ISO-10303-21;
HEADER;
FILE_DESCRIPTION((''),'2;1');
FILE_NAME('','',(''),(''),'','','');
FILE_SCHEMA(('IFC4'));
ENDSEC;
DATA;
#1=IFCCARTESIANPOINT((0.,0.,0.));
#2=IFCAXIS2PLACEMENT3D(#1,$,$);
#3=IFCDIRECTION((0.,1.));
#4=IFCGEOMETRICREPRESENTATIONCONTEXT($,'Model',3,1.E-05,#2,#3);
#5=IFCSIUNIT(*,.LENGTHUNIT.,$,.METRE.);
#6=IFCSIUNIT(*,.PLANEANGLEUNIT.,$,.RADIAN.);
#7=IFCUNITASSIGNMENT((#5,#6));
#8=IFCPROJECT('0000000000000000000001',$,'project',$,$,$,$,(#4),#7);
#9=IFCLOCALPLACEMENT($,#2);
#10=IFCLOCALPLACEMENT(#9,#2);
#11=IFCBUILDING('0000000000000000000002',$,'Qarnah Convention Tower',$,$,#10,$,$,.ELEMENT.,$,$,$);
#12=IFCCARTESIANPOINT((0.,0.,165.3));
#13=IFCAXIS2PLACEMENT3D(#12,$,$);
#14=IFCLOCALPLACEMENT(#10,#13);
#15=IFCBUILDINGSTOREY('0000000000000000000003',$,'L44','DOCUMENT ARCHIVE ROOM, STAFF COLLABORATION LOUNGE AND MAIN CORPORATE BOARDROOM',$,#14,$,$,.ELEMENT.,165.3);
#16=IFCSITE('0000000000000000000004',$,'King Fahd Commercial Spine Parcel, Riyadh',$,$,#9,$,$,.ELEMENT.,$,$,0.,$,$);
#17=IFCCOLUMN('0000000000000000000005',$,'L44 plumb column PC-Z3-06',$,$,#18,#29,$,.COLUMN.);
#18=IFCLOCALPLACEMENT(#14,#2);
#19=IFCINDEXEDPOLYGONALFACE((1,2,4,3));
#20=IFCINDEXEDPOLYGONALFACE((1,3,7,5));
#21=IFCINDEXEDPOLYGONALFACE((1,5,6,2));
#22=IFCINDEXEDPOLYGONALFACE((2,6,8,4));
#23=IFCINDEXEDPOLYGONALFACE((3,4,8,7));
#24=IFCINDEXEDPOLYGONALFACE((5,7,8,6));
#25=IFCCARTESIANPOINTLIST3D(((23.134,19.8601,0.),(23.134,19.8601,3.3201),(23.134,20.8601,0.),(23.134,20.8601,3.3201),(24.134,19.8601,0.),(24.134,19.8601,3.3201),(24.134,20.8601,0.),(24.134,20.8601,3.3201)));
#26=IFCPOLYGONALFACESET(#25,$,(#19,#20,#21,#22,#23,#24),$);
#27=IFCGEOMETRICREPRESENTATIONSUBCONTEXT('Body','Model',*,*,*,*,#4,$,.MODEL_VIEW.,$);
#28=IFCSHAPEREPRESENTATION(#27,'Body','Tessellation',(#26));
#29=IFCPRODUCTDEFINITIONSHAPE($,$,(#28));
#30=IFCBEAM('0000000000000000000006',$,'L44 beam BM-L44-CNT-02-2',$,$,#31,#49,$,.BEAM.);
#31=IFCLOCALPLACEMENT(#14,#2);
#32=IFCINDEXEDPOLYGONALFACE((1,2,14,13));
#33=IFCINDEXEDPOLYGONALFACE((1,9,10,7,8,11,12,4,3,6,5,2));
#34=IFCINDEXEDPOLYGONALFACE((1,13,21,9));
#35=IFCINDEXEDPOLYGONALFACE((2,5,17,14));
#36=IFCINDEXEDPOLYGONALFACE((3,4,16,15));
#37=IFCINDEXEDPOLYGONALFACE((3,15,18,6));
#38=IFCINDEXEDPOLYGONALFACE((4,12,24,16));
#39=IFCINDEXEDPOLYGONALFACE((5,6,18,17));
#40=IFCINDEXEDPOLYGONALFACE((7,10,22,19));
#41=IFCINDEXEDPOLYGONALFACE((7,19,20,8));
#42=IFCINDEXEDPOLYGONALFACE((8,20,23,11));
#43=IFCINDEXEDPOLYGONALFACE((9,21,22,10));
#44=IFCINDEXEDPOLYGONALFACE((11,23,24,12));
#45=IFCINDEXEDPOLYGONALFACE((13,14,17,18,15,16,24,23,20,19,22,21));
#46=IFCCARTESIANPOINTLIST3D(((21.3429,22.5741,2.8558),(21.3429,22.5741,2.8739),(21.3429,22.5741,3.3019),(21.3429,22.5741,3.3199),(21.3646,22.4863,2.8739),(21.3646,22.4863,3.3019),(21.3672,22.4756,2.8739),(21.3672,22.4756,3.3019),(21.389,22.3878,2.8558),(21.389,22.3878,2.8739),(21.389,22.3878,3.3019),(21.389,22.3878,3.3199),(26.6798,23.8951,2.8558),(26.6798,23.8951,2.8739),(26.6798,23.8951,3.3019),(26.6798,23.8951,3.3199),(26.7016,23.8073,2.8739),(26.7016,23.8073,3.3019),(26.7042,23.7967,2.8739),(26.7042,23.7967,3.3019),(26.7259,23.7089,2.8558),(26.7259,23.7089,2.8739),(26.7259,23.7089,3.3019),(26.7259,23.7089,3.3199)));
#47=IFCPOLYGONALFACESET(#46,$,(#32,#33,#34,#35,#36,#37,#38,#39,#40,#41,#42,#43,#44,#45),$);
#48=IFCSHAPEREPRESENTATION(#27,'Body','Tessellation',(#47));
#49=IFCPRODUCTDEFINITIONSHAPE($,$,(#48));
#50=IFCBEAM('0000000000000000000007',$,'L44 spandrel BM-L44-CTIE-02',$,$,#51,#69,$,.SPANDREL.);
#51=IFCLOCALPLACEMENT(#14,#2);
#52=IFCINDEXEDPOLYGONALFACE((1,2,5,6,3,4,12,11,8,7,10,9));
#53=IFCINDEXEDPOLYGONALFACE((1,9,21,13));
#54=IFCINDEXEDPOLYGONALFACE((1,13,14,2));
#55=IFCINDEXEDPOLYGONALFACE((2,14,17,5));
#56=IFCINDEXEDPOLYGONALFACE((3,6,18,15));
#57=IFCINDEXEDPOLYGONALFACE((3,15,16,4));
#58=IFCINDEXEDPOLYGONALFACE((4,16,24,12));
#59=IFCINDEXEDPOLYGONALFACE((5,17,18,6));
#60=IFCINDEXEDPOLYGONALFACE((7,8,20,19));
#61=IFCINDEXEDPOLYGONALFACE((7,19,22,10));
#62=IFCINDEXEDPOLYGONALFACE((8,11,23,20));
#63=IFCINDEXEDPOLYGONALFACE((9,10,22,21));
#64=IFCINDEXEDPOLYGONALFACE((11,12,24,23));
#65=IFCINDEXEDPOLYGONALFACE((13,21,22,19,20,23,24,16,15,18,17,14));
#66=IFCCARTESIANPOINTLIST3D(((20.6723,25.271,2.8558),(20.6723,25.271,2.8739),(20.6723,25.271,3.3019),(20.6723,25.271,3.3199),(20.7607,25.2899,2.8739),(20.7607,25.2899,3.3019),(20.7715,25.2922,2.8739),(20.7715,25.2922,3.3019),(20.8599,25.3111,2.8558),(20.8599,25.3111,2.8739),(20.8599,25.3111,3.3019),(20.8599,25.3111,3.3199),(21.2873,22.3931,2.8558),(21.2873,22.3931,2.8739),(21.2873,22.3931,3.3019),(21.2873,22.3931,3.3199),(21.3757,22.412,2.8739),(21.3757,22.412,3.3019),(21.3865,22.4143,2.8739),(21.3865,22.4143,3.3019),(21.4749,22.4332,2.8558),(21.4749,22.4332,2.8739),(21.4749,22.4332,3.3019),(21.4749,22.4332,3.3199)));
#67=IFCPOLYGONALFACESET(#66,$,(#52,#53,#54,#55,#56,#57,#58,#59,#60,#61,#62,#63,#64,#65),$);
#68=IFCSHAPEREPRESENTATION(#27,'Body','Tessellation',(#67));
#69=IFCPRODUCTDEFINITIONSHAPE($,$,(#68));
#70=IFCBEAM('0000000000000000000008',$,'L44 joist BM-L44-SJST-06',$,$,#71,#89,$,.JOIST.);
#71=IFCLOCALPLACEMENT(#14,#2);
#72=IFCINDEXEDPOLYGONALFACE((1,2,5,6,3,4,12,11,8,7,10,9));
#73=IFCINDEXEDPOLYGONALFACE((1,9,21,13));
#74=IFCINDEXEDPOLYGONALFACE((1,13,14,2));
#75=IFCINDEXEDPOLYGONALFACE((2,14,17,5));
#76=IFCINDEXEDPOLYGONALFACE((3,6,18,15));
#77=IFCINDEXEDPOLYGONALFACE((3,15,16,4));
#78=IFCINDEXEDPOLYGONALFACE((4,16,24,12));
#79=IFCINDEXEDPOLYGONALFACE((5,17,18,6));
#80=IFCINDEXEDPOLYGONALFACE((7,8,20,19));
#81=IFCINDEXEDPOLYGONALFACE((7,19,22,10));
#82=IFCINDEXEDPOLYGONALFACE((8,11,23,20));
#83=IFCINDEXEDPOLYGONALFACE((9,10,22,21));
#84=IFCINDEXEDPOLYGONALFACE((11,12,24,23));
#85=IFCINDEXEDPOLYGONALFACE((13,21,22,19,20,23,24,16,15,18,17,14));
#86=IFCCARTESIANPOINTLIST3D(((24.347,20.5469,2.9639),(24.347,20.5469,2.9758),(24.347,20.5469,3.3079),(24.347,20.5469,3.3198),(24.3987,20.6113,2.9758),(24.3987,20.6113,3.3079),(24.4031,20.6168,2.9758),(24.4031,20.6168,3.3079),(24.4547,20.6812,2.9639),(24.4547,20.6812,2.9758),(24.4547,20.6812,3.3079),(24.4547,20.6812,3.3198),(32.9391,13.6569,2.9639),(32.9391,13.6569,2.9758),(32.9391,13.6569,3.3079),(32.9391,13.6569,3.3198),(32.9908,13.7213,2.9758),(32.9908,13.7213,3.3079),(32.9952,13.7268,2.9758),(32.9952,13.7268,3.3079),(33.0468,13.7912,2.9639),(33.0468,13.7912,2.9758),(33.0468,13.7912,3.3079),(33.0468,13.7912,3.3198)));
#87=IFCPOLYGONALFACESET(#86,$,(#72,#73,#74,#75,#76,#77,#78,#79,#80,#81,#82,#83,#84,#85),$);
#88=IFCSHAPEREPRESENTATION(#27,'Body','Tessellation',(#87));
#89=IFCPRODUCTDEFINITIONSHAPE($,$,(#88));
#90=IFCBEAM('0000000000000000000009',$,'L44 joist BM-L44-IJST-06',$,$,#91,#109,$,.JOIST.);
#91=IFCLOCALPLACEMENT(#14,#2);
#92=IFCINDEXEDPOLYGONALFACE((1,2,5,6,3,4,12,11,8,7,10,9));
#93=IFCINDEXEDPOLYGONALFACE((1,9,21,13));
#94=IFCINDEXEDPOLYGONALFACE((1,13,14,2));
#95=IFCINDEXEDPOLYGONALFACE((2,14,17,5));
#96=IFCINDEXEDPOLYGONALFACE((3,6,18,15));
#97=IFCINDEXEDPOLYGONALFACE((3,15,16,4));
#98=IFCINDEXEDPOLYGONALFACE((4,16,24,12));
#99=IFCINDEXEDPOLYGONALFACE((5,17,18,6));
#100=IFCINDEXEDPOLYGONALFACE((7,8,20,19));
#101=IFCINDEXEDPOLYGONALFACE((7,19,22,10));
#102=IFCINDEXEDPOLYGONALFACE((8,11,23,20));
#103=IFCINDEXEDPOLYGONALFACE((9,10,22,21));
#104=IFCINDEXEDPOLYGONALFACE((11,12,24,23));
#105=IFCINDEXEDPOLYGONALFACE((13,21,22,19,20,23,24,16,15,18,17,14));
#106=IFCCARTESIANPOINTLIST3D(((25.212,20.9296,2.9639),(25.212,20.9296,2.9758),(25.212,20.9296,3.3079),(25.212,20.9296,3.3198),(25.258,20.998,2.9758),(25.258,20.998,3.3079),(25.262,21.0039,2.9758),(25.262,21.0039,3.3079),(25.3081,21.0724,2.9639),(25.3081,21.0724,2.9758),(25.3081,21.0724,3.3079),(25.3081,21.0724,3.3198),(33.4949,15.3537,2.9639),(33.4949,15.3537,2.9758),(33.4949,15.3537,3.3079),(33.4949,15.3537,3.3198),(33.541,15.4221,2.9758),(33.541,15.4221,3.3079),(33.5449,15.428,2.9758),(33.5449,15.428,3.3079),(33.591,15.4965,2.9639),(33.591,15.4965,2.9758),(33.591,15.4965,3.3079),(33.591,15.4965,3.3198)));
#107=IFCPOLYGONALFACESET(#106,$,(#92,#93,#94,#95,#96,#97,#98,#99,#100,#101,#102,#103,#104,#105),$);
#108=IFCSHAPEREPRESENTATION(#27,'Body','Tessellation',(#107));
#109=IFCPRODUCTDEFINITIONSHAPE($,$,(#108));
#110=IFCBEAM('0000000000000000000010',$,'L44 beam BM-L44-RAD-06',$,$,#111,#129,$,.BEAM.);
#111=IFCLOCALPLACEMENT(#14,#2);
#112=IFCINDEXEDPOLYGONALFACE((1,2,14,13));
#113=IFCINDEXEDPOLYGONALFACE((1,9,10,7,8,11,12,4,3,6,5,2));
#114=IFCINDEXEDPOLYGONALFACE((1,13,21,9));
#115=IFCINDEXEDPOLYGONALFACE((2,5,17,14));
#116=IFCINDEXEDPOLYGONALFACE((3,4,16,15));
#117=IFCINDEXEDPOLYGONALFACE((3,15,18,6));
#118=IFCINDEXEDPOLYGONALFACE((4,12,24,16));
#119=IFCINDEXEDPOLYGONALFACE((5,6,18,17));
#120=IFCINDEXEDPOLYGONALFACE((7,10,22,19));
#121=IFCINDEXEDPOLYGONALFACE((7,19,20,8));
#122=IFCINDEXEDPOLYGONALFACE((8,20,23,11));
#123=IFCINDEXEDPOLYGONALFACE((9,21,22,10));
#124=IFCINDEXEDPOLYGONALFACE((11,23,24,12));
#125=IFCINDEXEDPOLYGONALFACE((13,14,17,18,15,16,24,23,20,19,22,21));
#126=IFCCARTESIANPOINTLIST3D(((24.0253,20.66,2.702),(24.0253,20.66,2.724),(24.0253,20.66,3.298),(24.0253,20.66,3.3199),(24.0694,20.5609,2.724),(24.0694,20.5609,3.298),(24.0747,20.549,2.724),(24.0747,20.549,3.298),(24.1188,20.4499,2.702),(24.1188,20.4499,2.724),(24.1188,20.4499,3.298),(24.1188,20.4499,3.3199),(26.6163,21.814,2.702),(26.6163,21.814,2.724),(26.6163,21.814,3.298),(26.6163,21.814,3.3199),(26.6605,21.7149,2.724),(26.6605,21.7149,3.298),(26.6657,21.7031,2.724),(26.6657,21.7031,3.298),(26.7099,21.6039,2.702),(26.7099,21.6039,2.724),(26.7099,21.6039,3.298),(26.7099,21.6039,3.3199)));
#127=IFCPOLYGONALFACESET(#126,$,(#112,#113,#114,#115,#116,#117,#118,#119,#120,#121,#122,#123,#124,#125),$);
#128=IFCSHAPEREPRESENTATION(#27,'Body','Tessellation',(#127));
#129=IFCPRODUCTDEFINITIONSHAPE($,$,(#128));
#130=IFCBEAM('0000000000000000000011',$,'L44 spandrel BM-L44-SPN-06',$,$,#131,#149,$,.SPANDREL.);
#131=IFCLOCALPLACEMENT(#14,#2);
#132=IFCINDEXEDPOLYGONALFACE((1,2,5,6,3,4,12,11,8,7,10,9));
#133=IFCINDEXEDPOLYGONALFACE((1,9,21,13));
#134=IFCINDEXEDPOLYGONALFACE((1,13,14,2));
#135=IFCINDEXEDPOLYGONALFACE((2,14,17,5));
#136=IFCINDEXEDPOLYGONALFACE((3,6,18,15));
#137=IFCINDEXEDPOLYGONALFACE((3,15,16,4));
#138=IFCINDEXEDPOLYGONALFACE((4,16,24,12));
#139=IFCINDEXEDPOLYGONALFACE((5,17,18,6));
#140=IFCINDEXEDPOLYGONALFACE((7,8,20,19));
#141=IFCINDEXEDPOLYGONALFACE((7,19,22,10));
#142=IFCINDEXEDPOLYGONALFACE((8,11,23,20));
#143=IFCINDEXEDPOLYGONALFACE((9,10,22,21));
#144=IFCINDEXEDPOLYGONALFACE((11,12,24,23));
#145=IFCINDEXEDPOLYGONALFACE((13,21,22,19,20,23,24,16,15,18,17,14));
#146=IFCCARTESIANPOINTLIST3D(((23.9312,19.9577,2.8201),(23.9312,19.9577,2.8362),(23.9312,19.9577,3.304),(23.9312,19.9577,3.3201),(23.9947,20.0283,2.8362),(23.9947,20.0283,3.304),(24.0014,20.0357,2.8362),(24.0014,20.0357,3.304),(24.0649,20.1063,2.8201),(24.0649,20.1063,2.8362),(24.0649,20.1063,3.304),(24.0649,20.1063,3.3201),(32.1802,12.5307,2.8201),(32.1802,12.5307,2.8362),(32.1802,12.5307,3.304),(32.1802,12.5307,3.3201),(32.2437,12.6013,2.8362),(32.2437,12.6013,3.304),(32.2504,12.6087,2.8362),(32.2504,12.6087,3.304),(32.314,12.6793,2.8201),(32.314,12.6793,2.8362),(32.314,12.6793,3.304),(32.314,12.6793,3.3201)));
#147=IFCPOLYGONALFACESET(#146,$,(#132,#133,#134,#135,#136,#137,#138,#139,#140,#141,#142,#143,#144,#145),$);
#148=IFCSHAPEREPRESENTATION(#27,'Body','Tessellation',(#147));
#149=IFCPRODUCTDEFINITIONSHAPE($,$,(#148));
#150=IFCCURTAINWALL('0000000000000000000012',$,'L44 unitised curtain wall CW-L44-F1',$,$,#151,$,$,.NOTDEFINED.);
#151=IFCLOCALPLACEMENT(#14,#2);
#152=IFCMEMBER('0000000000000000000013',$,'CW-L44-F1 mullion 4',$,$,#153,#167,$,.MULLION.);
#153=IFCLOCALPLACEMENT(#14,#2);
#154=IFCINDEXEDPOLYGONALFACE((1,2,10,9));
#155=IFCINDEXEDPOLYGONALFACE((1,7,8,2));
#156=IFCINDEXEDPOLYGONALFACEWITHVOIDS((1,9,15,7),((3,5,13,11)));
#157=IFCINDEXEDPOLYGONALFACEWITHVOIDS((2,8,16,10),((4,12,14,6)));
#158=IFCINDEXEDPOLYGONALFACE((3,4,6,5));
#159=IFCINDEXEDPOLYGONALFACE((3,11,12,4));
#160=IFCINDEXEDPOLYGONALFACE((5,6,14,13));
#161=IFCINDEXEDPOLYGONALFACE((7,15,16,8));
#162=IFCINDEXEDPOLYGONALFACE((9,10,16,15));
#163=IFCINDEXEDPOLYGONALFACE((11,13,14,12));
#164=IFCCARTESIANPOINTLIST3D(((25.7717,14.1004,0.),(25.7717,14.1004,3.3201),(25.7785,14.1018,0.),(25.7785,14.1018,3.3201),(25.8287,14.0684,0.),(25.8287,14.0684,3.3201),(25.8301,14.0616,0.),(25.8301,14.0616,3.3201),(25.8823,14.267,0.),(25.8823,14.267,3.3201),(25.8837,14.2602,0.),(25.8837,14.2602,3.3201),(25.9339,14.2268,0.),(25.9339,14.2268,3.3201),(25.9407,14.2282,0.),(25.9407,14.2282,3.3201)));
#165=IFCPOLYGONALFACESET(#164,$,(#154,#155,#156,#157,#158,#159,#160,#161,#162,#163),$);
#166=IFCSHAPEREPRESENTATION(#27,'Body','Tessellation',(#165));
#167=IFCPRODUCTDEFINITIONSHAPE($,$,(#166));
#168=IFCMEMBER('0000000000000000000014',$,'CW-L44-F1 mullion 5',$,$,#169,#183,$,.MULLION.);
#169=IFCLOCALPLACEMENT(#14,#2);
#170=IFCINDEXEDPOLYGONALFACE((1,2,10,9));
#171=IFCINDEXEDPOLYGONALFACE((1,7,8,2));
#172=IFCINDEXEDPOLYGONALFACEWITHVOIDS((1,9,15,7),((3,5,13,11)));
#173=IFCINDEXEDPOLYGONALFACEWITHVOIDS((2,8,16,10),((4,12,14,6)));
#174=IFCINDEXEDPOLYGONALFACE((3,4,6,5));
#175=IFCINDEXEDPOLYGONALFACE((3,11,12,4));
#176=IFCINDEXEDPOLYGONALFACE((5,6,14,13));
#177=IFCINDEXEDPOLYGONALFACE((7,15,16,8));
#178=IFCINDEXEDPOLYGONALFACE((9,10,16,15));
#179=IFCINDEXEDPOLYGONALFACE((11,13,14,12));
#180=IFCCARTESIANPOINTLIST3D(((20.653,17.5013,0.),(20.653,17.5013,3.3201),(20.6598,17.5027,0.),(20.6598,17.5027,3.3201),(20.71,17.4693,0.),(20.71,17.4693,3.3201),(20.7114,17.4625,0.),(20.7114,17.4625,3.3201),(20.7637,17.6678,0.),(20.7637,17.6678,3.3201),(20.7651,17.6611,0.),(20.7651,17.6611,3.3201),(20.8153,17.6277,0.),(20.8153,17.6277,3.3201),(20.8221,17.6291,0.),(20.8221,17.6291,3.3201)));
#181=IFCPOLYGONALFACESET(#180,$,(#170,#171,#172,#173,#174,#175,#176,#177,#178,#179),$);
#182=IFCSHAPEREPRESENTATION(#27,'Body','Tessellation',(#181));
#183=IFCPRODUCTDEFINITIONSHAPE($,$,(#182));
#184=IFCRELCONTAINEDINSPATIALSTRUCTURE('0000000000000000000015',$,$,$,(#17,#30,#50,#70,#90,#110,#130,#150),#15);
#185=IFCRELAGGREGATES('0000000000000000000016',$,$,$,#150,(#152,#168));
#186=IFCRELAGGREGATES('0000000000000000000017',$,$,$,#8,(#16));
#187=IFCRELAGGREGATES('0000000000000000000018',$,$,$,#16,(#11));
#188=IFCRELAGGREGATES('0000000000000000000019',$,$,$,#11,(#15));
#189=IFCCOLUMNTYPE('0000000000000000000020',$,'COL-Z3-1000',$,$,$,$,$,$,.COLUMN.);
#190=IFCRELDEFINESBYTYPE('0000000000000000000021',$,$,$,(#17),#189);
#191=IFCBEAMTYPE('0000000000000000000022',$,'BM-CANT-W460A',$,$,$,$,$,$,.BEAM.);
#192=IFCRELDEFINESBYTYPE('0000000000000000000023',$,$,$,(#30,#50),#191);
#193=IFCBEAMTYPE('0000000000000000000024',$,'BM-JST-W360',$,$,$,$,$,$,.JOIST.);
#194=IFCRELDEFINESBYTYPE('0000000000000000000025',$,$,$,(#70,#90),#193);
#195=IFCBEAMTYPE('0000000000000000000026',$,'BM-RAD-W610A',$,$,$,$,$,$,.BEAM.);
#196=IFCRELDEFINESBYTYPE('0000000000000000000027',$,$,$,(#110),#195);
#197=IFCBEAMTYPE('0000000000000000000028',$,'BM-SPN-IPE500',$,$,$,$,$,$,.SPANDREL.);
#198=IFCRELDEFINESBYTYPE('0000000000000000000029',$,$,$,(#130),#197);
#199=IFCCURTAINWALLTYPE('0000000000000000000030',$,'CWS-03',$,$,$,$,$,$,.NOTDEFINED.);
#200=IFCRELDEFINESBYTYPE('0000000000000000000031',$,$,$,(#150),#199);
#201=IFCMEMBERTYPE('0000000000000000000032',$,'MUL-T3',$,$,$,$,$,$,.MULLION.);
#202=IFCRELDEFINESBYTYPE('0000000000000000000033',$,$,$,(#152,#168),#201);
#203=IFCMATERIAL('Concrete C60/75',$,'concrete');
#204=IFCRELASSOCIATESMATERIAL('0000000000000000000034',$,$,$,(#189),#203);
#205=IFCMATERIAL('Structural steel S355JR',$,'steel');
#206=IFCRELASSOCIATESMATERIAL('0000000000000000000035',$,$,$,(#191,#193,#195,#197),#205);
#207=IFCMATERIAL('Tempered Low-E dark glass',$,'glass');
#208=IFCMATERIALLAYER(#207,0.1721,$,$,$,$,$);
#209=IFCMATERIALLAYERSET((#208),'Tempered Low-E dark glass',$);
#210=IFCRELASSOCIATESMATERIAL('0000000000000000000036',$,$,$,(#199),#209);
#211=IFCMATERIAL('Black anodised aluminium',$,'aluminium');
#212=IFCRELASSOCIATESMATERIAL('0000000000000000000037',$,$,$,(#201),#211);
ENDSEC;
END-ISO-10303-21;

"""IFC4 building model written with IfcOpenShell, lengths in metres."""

from ifc_helpers import new_model, si_unit, direction, frame, origin, origin_2d, place, context, subcontext, project, spatial, rectangle, hollow_rectangle, i_section, extrude, material, layer, layer_set, material_profile, profile_set, type_object, element, aggregate, save


model = new_model("IFC4")

# Units and contexts
model_context = context("Model", 3, precision=1e-05, world=origin(), true_north=direction((0.0, 1.0)))
body_context = subcontext(model_context, "Body", "Model", "MODEL_VIEW")
ifc_project = project(units=[si_unit("LENGTHUNIT", "METRE"), si_unit("PLANEANGLEUNIT", "RADIAN")], contexts=[model_context])

# Site, building, storey
site_placement = place(None, origin())
site = spatial("IfcSite", under=ifc_project, at=site_placement, Name="King Fahd Commercial Spine Parcel, Riyadh", CompositionType="ELEMENT", RefElevation=0.0)
building_placement = place(site_placement, origin())
building = spatial("IfcBuilding", under=site, at=building_placement, Name="Qarnah Convention Tower", CompositionType="ELEMENT")
storey_placement = place(building_placement, frame((0.0, 0.0, 165.3)))
storey = spatial("IfcBuildingStorey", under=building, at=storey_placement, Name="L44", Description="DOCUMENT ARCHIVE ROOM, STAFF COLLABORATION LOUNGE AND MAIN CORPORATE BOARDROOM", CompositionType="ELEMENT", Elevation=165.3)

# Column
ifc_material_1 = material(Name="Concrete C60/75", Category="concrete")
ifc_material_profile_1 = material_profile(ifc_material_1, rectangle(XDim=1.0, YDim=1.0, at=origin_2d()), Name="RC-COL-1000X1000")
ifc_profile_set_1 = profile_set([ifc_material_profile_1], Name="Concrete C60/75")
column_type = type_object("IfcColumnType", Name="COL-Z3-1000", PredefinedType="COLUMN", material=ifc_profile_set_1)
column_placement = place(storey_placement, frame((23.634, 20.3601, 0.0), z_axis=(0.0, 0.0, 1.0), x_axis=(1.0, 0.0, 0.0)))
element("IfcColumn", 1, at=column_placement, inside=storey, type_object=column_type, Name="L44 plumb column PC-Z3-06", PredefinedType="COLUMN", context=body_context, shape_type="SweptSolid", body=[
    extrude(rectangle(XDim=1.0, YDim=1.0, at=origin_2d()), origin(), (0.0, 0.0, 1.0), 3.3201),
])

# Beams
ifc_material_2 = material(Name="Structural steel S355JR", Category="steel")
ifc_material_profile_2 = material_profile(ifc_material_2, i_section(OverallWidth=0.1919, OverallDepth=0.4641, WebThickness=0.011, FlangeThickness=0.0181, at=origin_2d()), Name="W460X89")
ifc_profile_set_2 = profile_set([ifc_material_profile_2], Name="Structural steel S355JR")
beam_type_1 = type_object("IfcBeamType", Name="BM-CANT-W460A", PredefinedType="BEAM", material=ifc_profile_set_2)
beam_1_placement = place(storey_placement, frame((26.7029, 23.802, 3.0879), z_axis=(-0.970704, -0.240278, 0.0), x_axis=(0.240278, -0.970704, 0.0)))
element("IfcBeam", 2, at=beam_1_placement, inside=storey, type_object=beam_type_1, Name="L44 beam BM-L44-CNT-02-2", PredefinedType="BEAM", context=body_context, shape_type="SweptSolid", body=[
    extrude(i_section(OverallWidth=0.1919, OverallDepth=0.4641, WebThickness=0.011, FlangeThickness=0.0181, at=origin_2d()), origin(), (0.0, 0.0, 1.0), 5.498),
])
beam_2_placement = place(storey_placement, frame((20.7661, 25.291, 3.0879), z_axis=(0.208974, -0.977921, 0.0), x_axis=(0.977921, 0.208974, 0.0)))
element("IfcBeam", 3, at=beam_2_placement, inside=storey, type_object=beam_type_1, Name="L44 spandrel BM-L44-CTIE-02", PredefinedType="SPANDREL", context=body_context, shape_type="SweptSolid", body=[
    extrude(i_section(OverallWidth=0.1919, OverallDepth=0.4641, WebThickness=0.011, FlangeThickness=0.0181, at=origin_2d()), origin(), (0.0, 0.0, 1.0), 2.9429),
])
ifc_material_profile_3 = material_profile(ifc_material_2, i_section(OverallWidth=0.1721, OverallDepth=0.356, WebThickness=0.0071, FlangeThickness=0.012, at=origin_2d()), Name="W360X51")
ifc_profile_set_3 = profile_set([ifc_material_profile_3], Name="Structural steel S355JR")
beam_type_2 = type_object("IfcBeamType", Name="BM-JST-W360", PredefinedType="JOIST", material=ifc_profile_set_3)
beam_3_placement = place(storey_placement, frame((24.4009, 20.614, 3.1418), z_axis=(0.780148, -0.625595, 0.0), x_axis=(0.625595, 0.780148, 0.0)))
element("IfcBeam", 4, at=beam_3_placement, inside=storey, type_object=beam_type_2, Name="L44 joist BM-L44-SJST-06", PredefinedType="JOIST", context=body_context, shape_type="SweptSolid", body=[
    extrude(i_section(OverallWidth=0.1721, OverallDepth=0.356, WebThickness=0.0071, FlangeThickness=0.012, at=origin_2d()), origin(), (0.0, 0.0, 1.0), 11.0134),
])
beam_4_placement = place(storey_placement, frame((25.26, 21.001, 3.1418), z_axis=(0.829548, -0.558436, 0.0), x_axis=(0.558436, 0.829548, 0.0)))
element("IfcBeam", 5, at=beam_4_placement, inside=storey, type_object=beam_type_2, Name="L44 joist BM-L44-IJST-06", PredefinedType="JOIST", context=body_context, shape_type="SweptSolid", body=[
    extrude(i_section(OverallWidth=0.1721, OverallDepth=0.356, WebThickness=0.0071, FlangeThickness=0.012, at=origin_2d()), origin(), (0.0, 0.0, 1.0), 9.9849),
])
ifc_material_profile_4 = material_profile(ifc_material_2, i_section(OverallWidth=0.23, OverallDepth=0.6179, WebThickness=0.0129, FlangeThickness=0.022, at=origin_2d()), Name="W610X140")
ifc_profile_set_4 = profile_set([ifc_material_profile_4], Name="Structural steel S355JR")
beam_type_3 = type_object("IfcBeamType", Name="BM-RAD-W610A", PredefinedType="BEAM", material=ifc_profile_set_4)
beam_5_placement = place(storey_placement, frame((26.6631, 21.709, 3.011), z_axis=(-0.913488, -0.406865, 0.0), x_axis=(0.406865, -0.913488, 0.0)))
element("IfcBeam", 6, at=beam_5_placement, inside=storey, type_object=beam_type_3, Name="L44 beam BM-L44-RAD-06", PredefinedType="BEAM", context=body_context, shape_type="SweptSolid", body=[
    extrude(i_section(OverallWidth=0.23, OverallDepth=0.6179, WebThickness=0.0129, FlangeThickness=0.022, at=origin_2d()), origin(), (0.0, 0.0, 1.0), 2.8364),
])
ifc_material_profile_5 = material_profile(ifc_material_2, i_section(OverallWidth=0.2, OverallDepth=0.5, WebThickness=0.01, FlangeThickness=0.0161, at=origin_2d()), Name="IPE500")
ifc_profile_set_5 = profile_set([ifc_material_profile_5], Name="Structural steel S355JR")
beam_type_4 = type_object("IfcBeamType", Name="BM-SPN-IPE500", PredefinedType="SPANDREL", material=ifc_profile_set_5)
beam_6_placement = place(storey_placement, frame((23.998, 20.032, 3.0701), z_axis=(0.743165, -0.669108, 0.0), x_axis=(0.669108, 0.743165, 0.0)))
element("IfcBeam", 7, at=beam_6_placement, inside=storey, type_object=beam_type_4, Name="L44 spandrel BM-L44-SPN-06", PredefinedType="SPANDREL", context=body_context, shape_type="SweptSolid", body=[
    extrude(i_section(OverallWidth=0.2, OverallDepth=0.5, WebThickness=0.01, FlangeThickness=0.0161, at=origin_2d()), origin(), (0.0, 0.0, 1.0), 11.0999),
])

# Curtain wall, members
ifc_material_3 = material(Name="Tempered Low-E dark glass", Category="glass")
ifc_layer_1 = layer(ifc_material_3, 0.1721)
ifc_layer_set_1 = layer_set([ifc_layer_1], Name="Tempered Low-E dark glass")
curtain_wall_type = type_object("IfcCurtainWallType", Name="CWS-03", PredefinedType="NOTDEFINED", material=ifc_layer_set_1)
curtain_wall_placement = place(storey_placement, origin())
curtain_wall = element("IfcCurtainWall", 8, at=curtain_wall_placement, inside=storey, type_object=curtain_wall_type, Name="L44 unitised curtain wall CW-L44-F1", PredefinedType="NOTDEFINED")
ifc_material_4 = material(Name="Black anodised aluminium", Category="aluminium")
ifc_material_profile_6 = material_profile(ifc_material_4, hollow_rectangle(XDim=0.0701, YDim=0.2, WallThickness=0.0049, at=origin_2d()), Name="MUL-70X200")
ifc_profile_set_6 = profile_set([ifc_material_profile_6], Name="Black anodised aluminium")
member_type = type_object("IfcMemberType", Name="MUL-T3", PredefinedType="MULLION", material=ifc_profile_set_6)
member_1_placement = place(storey_placement, frame((25.8562, 14.1643, 0.0), z_axis=(0.0, 0.0, 1.0), x_axis=(-0.83292, 0.553393, 0.0)))
member_1 = element("IfcMember", 9, at=member_1_placement, type_object=member_type, Name="CW-L44-F1 mullion 4", PredefinedType="MULLION", context=body_context, shape_type="SweptSolid", body=[
    extrude(hollow_rectangle(XDim=0.0701, YDim=0.2, WallThickness=0.0049, at=origin_2d()), origin(), (0.0, 0.0, 1.0), 3.3201),
])
member_2_placement = place(storey_placement, frame((20.7375, 17.5652, 0.0), z_axis=(0.0, 0.0, 1.0), x_axis=(-0.83292, 0.553393, 0.0)))
member_2 = element("IfcMember", 10, at=member_2_placement, type_object=member_type, Name="CW-L44-F1 mullion 5", PredefinedType="MULLION", context=body_context, shape_type="SweptSolid", body=[
    extrude(hollow_rectangle(XDim=0.0701, YDim=0.2, WallThickness=0.0049, at=origin_2d()), origin(), (0.0, 0.0, 1.0), 3.3201),
])
aggregate(curtain_wall, [member_1, member_2])

save(model, "model.ifc")
